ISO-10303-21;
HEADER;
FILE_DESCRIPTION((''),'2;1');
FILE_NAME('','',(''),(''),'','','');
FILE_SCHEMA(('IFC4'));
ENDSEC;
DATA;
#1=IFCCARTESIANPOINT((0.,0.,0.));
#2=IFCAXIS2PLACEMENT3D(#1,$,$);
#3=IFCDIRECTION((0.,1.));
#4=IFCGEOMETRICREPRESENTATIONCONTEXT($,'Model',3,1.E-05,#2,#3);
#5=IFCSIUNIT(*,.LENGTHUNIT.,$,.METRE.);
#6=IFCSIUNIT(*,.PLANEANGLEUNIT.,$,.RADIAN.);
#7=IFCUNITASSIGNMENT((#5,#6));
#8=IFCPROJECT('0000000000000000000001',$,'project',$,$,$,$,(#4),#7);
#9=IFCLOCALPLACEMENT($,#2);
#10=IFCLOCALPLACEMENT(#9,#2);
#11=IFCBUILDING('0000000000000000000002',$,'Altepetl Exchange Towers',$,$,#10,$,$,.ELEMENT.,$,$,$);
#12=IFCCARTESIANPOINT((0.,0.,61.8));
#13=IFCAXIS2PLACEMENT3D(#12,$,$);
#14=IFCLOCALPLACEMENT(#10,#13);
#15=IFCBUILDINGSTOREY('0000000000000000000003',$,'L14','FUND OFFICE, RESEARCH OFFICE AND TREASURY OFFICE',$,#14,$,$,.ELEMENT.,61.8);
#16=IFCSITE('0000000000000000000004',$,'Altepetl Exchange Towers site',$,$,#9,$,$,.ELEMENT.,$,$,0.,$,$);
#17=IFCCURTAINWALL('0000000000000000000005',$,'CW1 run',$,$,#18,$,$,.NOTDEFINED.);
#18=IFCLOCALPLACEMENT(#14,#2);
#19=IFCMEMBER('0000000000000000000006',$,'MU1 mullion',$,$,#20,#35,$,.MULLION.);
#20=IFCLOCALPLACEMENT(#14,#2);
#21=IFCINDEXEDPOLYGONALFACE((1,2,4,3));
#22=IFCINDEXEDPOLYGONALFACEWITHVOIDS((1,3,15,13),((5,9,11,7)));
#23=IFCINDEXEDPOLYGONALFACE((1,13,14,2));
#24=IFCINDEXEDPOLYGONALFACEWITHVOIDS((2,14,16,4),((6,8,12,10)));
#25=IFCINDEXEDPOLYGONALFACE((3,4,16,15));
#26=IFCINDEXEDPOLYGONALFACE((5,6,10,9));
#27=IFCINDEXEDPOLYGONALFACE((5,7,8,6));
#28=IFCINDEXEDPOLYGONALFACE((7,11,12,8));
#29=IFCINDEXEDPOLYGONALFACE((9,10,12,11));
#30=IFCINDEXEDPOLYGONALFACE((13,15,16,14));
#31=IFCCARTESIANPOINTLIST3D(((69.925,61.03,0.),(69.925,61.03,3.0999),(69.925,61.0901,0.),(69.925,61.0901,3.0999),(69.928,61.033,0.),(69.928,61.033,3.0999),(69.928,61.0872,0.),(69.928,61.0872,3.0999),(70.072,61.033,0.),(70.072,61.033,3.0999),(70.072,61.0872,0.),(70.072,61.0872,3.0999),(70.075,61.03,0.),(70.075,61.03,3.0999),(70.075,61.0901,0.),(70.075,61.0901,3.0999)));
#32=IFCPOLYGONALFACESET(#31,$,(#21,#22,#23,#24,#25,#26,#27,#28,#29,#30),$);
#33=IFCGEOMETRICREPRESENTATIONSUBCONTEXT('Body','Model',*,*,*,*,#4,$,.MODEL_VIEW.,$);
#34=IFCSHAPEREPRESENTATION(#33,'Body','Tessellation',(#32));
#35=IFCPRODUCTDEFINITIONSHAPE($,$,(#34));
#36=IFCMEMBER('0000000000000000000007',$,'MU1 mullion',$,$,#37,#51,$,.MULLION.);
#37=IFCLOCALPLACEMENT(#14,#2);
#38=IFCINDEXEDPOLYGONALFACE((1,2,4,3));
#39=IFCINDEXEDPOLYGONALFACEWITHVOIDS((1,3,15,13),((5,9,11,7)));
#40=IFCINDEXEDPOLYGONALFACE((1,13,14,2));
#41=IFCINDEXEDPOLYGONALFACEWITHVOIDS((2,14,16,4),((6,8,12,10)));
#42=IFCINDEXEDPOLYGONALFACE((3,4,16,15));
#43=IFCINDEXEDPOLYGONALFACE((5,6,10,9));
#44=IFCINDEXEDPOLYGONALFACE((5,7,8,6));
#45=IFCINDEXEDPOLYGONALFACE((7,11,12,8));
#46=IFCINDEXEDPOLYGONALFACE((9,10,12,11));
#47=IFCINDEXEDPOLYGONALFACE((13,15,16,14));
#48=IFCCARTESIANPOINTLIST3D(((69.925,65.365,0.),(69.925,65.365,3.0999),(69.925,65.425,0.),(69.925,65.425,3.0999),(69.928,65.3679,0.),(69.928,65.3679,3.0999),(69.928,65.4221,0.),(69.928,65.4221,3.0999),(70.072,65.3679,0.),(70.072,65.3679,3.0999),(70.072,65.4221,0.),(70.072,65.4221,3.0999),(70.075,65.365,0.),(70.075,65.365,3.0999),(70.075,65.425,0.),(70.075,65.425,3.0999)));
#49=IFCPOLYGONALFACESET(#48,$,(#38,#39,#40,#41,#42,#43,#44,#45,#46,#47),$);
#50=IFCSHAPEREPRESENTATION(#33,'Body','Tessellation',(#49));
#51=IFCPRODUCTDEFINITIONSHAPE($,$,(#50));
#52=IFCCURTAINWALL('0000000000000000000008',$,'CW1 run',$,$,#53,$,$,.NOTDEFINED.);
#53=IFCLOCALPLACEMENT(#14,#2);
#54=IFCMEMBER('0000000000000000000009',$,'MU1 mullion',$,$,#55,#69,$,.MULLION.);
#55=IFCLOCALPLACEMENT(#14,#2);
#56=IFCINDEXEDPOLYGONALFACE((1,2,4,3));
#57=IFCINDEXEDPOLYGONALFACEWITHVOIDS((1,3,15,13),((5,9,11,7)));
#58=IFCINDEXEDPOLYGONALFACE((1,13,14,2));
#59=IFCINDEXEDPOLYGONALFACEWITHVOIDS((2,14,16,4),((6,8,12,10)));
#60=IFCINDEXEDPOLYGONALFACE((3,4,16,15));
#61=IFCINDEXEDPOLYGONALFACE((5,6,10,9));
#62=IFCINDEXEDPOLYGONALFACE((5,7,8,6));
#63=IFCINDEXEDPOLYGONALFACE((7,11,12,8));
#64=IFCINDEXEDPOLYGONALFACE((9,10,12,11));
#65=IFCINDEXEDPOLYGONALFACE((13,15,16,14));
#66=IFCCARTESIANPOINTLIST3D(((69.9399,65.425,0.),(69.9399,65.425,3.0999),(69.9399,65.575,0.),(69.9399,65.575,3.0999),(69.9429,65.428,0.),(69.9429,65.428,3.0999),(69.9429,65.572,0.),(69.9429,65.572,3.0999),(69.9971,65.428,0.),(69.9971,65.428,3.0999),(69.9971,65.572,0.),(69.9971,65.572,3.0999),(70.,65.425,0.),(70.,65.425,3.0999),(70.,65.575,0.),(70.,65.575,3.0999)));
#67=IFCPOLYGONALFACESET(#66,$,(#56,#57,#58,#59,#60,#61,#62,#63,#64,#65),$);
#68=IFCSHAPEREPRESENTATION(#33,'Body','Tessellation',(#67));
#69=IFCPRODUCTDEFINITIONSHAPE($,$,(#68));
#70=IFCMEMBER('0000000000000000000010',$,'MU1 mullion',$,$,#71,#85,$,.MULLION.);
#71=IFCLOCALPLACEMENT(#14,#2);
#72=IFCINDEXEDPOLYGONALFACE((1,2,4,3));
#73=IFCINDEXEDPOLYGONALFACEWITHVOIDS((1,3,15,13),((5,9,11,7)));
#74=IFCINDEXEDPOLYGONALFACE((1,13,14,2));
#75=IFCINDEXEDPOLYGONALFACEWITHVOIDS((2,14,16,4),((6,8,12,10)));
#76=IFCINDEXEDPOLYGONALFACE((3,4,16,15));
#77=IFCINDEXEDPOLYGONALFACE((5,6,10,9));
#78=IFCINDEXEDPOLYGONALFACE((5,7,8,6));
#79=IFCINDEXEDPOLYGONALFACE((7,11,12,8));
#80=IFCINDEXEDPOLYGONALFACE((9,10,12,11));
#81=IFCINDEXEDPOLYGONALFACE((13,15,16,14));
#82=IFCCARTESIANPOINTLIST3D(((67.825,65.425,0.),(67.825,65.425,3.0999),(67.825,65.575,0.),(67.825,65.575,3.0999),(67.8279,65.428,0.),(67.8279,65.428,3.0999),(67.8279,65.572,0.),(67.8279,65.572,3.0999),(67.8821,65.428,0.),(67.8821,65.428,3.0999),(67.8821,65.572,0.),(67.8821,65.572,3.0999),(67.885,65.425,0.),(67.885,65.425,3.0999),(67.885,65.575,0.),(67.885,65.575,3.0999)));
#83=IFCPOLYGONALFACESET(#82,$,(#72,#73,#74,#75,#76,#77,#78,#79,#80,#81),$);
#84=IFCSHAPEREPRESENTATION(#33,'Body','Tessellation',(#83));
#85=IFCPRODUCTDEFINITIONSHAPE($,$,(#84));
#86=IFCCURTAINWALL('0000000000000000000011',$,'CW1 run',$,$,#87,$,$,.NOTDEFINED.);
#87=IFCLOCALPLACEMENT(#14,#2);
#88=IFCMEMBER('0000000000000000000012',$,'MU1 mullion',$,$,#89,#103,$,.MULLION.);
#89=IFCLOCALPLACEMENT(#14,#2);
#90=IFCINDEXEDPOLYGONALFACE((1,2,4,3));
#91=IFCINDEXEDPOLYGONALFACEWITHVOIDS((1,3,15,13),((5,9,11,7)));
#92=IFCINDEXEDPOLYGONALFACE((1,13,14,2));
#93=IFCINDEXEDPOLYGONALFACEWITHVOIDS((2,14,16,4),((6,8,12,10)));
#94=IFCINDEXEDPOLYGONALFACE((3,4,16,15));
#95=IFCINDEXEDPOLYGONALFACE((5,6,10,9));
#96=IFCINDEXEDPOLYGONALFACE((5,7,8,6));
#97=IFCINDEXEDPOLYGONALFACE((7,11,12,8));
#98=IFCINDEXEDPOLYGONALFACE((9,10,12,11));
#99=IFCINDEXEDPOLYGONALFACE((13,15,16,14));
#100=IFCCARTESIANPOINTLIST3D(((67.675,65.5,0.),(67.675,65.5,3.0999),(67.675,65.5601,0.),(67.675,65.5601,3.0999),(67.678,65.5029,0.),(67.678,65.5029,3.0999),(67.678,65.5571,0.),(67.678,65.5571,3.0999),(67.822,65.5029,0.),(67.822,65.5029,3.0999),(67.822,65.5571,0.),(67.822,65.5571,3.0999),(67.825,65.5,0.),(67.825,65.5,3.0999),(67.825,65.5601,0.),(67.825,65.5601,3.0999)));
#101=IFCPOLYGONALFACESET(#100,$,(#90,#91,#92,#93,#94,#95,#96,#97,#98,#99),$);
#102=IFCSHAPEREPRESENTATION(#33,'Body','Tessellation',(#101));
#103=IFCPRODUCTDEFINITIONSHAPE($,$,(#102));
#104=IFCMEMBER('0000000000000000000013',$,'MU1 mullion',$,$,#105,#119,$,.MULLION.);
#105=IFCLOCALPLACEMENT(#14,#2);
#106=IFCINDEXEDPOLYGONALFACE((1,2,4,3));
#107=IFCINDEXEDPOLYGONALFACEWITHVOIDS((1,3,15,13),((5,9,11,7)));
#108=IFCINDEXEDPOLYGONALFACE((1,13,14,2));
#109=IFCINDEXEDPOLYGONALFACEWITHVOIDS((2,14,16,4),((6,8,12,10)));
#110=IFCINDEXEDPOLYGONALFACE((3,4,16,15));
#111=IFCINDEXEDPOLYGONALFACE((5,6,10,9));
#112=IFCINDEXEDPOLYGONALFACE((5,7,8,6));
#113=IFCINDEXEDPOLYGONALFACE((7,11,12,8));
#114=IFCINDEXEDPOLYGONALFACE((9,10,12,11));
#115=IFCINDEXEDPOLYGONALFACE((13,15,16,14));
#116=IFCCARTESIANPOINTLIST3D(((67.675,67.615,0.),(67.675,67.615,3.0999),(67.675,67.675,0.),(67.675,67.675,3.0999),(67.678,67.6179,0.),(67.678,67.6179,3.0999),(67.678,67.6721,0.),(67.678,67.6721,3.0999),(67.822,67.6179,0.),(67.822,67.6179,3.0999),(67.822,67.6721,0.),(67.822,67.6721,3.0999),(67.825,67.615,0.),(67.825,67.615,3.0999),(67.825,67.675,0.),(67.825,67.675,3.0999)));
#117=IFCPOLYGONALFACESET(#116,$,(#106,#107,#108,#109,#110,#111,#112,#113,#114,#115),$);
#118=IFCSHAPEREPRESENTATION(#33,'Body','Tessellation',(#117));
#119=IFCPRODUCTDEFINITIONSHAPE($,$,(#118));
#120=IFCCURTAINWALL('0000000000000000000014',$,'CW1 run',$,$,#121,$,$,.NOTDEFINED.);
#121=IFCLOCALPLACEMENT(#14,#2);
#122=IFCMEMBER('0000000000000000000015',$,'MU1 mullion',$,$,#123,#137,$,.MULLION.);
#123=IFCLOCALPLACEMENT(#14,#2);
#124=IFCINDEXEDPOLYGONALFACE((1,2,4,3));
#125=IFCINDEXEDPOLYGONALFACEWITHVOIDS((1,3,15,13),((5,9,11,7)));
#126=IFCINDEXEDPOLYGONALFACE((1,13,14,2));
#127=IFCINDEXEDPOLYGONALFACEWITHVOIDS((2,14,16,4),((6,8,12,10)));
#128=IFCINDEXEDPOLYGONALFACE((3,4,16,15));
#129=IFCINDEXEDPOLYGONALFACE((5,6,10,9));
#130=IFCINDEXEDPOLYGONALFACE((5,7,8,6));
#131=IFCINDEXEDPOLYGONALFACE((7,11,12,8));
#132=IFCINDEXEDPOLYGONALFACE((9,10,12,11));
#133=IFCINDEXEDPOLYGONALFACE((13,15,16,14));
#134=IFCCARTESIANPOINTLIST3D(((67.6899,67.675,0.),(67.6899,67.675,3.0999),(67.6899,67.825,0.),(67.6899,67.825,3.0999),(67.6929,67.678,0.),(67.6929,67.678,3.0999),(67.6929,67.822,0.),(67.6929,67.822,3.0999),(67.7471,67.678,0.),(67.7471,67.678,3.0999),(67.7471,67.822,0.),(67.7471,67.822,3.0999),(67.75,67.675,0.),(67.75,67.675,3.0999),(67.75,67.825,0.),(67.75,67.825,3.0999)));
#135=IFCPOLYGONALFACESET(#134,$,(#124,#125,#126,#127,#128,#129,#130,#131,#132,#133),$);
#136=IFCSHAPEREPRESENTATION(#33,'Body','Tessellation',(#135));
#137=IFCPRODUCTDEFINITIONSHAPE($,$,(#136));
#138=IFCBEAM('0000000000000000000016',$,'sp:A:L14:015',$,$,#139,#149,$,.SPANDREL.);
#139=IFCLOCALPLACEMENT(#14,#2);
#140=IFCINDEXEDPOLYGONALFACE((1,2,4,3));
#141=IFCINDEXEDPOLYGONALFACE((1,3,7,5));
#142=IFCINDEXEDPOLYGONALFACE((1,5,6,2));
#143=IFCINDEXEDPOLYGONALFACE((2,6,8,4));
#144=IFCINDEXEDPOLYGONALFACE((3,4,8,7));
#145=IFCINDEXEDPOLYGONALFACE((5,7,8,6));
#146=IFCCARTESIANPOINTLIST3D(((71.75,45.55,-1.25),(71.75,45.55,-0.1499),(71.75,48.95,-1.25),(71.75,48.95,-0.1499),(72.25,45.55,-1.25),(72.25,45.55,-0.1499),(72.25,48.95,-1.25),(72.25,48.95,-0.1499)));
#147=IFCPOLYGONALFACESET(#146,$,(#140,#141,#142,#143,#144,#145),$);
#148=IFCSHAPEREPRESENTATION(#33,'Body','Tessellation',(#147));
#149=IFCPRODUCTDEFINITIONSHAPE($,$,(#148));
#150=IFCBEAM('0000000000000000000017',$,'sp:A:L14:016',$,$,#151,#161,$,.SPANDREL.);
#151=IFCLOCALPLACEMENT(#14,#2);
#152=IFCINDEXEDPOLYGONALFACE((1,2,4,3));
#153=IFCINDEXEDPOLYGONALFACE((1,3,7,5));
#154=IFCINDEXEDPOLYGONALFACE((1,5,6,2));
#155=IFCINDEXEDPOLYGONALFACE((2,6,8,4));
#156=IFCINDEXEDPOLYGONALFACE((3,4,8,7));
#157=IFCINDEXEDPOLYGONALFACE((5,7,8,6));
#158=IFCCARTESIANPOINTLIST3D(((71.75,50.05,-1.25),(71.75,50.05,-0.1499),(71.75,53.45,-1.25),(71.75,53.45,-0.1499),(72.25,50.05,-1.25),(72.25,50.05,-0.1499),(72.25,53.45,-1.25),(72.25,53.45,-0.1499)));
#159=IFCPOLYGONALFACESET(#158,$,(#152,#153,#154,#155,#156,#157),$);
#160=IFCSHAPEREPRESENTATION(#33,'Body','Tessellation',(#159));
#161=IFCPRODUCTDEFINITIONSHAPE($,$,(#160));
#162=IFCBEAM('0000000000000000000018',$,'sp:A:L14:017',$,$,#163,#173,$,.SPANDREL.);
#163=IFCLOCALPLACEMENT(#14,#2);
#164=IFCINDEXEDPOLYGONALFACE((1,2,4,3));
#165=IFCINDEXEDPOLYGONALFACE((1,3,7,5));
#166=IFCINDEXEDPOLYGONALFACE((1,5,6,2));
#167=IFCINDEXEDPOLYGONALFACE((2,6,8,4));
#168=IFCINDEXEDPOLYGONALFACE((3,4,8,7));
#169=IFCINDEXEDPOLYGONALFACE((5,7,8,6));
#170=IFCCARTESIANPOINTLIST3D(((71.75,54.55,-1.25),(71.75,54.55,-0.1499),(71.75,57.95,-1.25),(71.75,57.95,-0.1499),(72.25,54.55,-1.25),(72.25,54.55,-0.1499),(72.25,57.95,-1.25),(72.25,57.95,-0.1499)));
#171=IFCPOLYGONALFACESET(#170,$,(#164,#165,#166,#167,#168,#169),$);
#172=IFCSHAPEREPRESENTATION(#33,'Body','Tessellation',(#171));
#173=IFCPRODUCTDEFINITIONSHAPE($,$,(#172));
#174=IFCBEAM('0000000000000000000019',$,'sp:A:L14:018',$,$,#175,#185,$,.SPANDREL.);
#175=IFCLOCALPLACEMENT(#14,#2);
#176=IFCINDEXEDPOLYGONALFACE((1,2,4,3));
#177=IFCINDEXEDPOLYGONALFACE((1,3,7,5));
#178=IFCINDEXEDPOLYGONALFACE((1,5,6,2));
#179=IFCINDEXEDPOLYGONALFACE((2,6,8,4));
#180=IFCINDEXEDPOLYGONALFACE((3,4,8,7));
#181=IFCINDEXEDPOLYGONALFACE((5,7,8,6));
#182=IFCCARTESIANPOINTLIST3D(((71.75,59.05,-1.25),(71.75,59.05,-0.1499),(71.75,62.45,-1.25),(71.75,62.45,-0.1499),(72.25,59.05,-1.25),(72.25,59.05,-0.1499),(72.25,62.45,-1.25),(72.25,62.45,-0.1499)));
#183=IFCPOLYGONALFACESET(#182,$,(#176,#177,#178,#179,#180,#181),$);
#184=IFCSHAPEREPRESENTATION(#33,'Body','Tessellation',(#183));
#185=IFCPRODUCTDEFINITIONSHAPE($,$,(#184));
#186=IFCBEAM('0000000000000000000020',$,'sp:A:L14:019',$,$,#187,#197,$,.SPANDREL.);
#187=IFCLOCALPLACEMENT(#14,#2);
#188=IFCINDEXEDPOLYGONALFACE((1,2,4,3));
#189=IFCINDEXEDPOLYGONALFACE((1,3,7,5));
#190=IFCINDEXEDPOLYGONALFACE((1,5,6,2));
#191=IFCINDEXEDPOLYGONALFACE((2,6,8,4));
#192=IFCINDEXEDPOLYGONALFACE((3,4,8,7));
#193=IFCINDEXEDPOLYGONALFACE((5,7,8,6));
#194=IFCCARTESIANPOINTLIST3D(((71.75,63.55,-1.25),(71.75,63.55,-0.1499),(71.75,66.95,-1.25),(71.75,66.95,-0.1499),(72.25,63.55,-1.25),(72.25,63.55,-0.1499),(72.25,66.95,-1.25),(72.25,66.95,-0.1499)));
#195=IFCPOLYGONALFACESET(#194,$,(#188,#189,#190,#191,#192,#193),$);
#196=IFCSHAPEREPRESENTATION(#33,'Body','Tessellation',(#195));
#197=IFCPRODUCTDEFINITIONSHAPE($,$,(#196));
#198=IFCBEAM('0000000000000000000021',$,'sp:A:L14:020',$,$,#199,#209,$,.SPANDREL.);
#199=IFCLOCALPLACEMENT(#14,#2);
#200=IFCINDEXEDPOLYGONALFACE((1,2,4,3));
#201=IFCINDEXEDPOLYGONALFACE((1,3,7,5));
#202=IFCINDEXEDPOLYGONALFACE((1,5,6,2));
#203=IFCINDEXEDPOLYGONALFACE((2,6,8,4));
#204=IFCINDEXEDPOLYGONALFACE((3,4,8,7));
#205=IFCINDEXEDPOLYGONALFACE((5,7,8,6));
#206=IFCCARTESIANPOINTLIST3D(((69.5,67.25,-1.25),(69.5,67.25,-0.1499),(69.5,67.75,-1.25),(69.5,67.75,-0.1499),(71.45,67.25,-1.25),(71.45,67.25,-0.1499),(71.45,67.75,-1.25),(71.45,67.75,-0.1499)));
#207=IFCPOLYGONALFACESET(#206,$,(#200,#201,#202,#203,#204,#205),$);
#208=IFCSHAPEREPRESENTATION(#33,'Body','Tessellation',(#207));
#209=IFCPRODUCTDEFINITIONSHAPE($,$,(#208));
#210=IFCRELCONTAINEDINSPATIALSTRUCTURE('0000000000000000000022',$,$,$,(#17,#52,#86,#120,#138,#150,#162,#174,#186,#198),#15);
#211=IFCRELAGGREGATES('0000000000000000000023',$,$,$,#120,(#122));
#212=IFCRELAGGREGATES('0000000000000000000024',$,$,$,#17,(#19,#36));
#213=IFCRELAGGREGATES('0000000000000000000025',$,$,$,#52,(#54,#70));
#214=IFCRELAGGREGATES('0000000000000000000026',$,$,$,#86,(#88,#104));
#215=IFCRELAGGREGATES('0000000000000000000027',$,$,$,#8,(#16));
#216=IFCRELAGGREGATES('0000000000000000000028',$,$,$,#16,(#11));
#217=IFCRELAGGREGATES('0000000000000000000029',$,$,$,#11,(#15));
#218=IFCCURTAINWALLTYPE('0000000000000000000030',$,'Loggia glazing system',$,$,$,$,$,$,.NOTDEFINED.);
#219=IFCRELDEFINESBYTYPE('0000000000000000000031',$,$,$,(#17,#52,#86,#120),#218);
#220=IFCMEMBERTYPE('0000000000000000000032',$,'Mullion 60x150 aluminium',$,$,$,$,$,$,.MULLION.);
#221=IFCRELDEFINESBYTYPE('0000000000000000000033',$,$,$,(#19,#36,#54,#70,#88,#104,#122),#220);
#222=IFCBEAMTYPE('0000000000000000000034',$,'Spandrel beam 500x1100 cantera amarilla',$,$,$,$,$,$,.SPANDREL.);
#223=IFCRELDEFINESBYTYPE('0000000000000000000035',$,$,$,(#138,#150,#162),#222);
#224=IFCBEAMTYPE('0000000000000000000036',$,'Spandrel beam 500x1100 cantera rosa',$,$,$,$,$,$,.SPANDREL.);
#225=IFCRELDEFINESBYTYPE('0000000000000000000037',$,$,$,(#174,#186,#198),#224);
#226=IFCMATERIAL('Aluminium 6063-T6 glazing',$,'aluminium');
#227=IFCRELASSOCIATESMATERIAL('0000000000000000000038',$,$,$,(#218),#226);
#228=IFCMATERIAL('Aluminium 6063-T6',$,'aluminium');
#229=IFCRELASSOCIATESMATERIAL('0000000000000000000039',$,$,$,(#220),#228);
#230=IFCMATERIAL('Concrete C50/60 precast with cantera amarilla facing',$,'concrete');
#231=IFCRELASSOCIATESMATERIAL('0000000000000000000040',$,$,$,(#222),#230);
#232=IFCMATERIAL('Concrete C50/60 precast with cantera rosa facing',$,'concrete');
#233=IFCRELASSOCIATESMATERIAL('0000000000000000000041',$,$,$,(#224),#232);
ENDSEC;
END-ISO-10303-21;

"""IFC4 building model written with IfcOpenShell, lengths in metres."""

from ifc_helpers import new_model, si_unit, direction, frame, origin, origin_2d, place, context, subcontext, project, spatial, rectangle, hollow_rectangle, extrude, material, material_profile, profile_set, type_object, element, aggregate, save


model = new_model("IFC4")

# Units and contexts
model_context = context("Model", 3, precision=1e-05, world=origin(), true_north=direction((0.0, 1.0)))
body_context = subcontext(model_context, "Body", "Model", "MODEL_VIEW")
ifc_project = project(units=[si_unit("LENGTHUNIT", "METRE"), si_unit("PLANEANGLEUNIT", "RADIAN")], contexts=[model_context])

# Site, building, storey
site_placement = place(None, origin())
site = spatial("IfcSite", under=ifc_project, at=site_placement, Name="Altepetl Exchange Towers site", CompositionType="ELEMENT", RefElevation=0.0)
building_placement = place(site_placement, origin())
building = spatial("IfcBuilding", under=site, at=building_placement, Name="Altepetl Exchange Towers", CompositionType="ELEMENT")
storey_placement = place(building_placement, frame((0.0, 0.0, 61.8)))
storey = spatial("IfcBuildingStorey", under=building, at=storey_placement, Name="L14", Description="FUND OFFICE, RESEARCH OFFICE AND TREASURY OFFICE", CompositionType="ELEMENT", Elevation=61.8)

# Curtain walls, members
ifc_material_1 = material(Name="Aluminium 6063-T6 glazing", Category="aluminium")
curtain_wall_type = type_object("IfcCurtainWallType", Name="Loggia glazing system", PredefinedType="NOTDEFINED", material=ifc_material_1)
ifc_material_2 = material(Name="Aluminium 6063-T6", Category="aluminium")
ifc_material_profile_1 = material_profile(ifc_material_2, hollow_rectangle(XDim=0.0601, YDim=0.1499, WallThickness=0.0029, at=origin_2d()), Name="Mullion 60x150 aluminium")
ifc_profile_set_1 = profile_set([ifc_material_profile_1], Name="Aluminium 6063-T6")
member_type = type_object("IfcMemberType", Name="Mullion 60x150 aluminium", PredefinedType="MULLION", material=ifc_profile_set_1)
curtain_wall_1_placement = place(storey_placement, origin())
curtain_wall_1 = element("IfcCurtainWall", 1, at=curtain_wall_1_placement, inside=storey, type_object=curtain_wall_type, Name="CW1 run", PredefinedType="NOTDEFINED")
member_1_placement = place(storey_placement, frame((70.0, 61.0601, 0.0), z_axis=(0.0, 0.0, 1.0), x_axis=(0.0, 1.0, 0.0)))
member_1 = element("IfcMember", 2, at=member_1_placement, type_object=member_type, Name="MU1 mullion", PredefinedType="MULLION", context=body_context, shape_type="SweptSolid", body=[
    extrude(hollow_rectangle(XDim=0.0601, YDim=0.1499, WallThickness=0.0029, at=origin_2d()), origin(), (0.0, 0.0, 1.0), 3.0999),
])
member_2_placement = place(storey_placement, frame((70.0, 65.395, 0.0), z_axis=(0.0, 0.0, 1.0), x_axis=(0.0, 1.0, 0.0)))
member_2 = element("IfcMember", 3, at=member_2_placement, type_object=member_type, Name="MU1 mullion", PredefinedType="MULLION", context=body_context, shape_type="SweptSolid", body=[
    extrude(hollow_rectangle(XDim=0.0601, YDim=0.1499, WallThickness=0.0029, at=origin_2d()), origin(), (0.0, 0.0, 1.0), 3.0999),
])
curtain_wall_2_placement = place(storey_placement, origin())
curtain_wall_2 = element("IfcCurtainWall", 4, at=curtain_wall_2_placement, inside=storey, type_object=curtain_wall_type, Name="CW1 run", PredefinedType="NOTDEFINED")
member_3_placement = place(storey_placement, frame((69.97, 65.5, 0.0), z_axis=(0.0, 0.0, 1.0), x_axis=(-1.0, 0.0, 0.0)))
member_3 = element("IfcMember", 5, at=member_3_placement, type_object=member_type, Name="MU1 mullion", PredefinedType="MULLION", context=body_context, shape_type="SweptSolid", body=[
    extrude(hollow_rectangle(XDim=0.0601, YDim=0.1499, WallThickness=0.0029, at=origin_2d()), origin(), (0.0, 0.0, 1.0), 3.0999),
])
member_4_placement = place(storey_placement, frame((67.855, 65.5, 0.0), z_axis=(0.0, 0.0, 1.0), x_axis=(-1.0, 0.0, 0.0)))
member_4 = element("IfcMember", 6, at=member_4_placement, type_object=member_type, Name="MU1 mullion", PredefinedType="MULLION", context=body_context, shape_type="SweptSolid", body=[
    extrude(hollow_rectangle(XDim=0.0601, YDim=0.1499, WallThickness=0.0029, at=origin_2d()), origin(), (0.0, 0.0, 1.0), 3.0999),
])
curtain_wall_3_placement = place(storey_placement, origin())
curtain_wall_3 = element("IfcCurtainWall", 7, at=curtain_wall_3_placement, inside=storey, type_object=curtain_wall_type, Name="CW1 run", PredefinedType="NOTDEFINED")
member_5_placement = place(storey_placement, frame((67.75, 65.53, 0.0), z_axis=(0.0, 0.0, 1.0), x_axis=(0.0, 1.0, 0.0)))
member_5 = element("IfcMember", 8, at=member_5_placement, type_object=member_type, Name="MU1 mullion", PredefinedType="MULLION", context=body_context, shape_type="SweptSolid", body=[
    extrude(hollow_rectangle(XDim=0.0601, YDim=0.1499, WallThickness=0.0029, at=origin_2d()), origin(), (0.0, 0.0, 1.0), 3.0999),
])
member_6_placement = place(storey_placement, frame((67.75, 67.645, 0.0), z_axis=(0.0, 0.0, 1.0), x_axis=(0.0, 1.0, 0.0)))
member_6 = element("IfcMember", 9, at=member_6_placement, type_object=member_type, Name="MU1 mullion", PredefinedType="MULLION", context=body_context, shape_type="SweptSolid", body=[
    extrude(hollow_rectangle(XDim=0.0601, YDim=0.1499, WallThickness=0.0029, at=origin_2d()), origin(), (0.0, 0.0, 1.0), 3.0999),
])

# Curtain wall, member
curtain_wall_4_placement = place(storey_placement, origin())
curtain_wall_4 = element("IfcCurtainWall", 10, at=curtain_wall_4_placement, inside=storey, type_object=curtain_wall_type, Name="CW1 run", PredefinedType="NOTDEFINED")
member_7_placement = place(storey_placement, frame((67.72, 67.75, 0.0), z_axis=(0.0, 0.0, 1.0), x_axis=(-1.0, 0.0, 0.0)))
member_7 = element("IfcMember", 11, at=member_7_placement, type_object=member_type, Name="MU1 mullion", PredefinedType="MULLION", context=body_context, shape_type="SweptSolid", body=[
    extrude(hollow_rectangle(XDim=0.0601, YDim=0.1499, WallThickness=0.0029, at=origin_2d()), origin(), (0.0, 0.0, 1.0), 3.0999),
])
aggregate(curtain_wall_4, [member_7])

# Beams
ifc_material_3 = material(Name="Concrete C50/60 precast with cantera amarilla facing", Category="concrete")
ifc_material_profile_2 = material_profile(ifc_material_3, rectangle(XDim=0.5, YDim=1.1001, at=origin_2d()), Name="500 x 1100")
ifc_profile_set_2 = profile_set([ifc_material_profile_2], Name="Concrete C50/60 precast with cantera amarilla facing")
beam_type_1 = type_object("IfcBeamType", Name="Spandrel beam 500x1100 cantera amarilla", PredefinedType="SPANDREL", material=ifc_profile_set_2)
for number, where, z_axis, x_axis, name in (
    (12, (72.0, 45.55, -0.7), (0.0, 1.0, 0.0), (-1.0, 0.0, 0.0), "sp:A:L14:015"),
    (13, (72.0, 50.05, -0.7), (0.0, 1.0, 0.0), (-1.0, 0.0, 0.0), "sp:A:L14:016"),
    (14, (72.0, 54.55, -0.7), (0.0, 1.0, 0.0), (-1.0, 0.0, 0.0), "sp:A:L14:017"),
):
    element("IfcBeam", number, at=place(storey_placement, frame(where, z_axis=z_axis, x_axis=x_axis)), inside=storey, type_object=beam_type_1, Name=name, PredefinedType="SPANDREL", context=body_context, shape_type="SweptSolid", body=[
        extrude(rectangle(XDim=0.5, YDim=1.1001, at=origin_2d()), origin(), (0.0, 0.0, 1.0), 3.3999),
    ])
ifc_material_4 = material(Name="Concrete C50/60 precast with cantera rosa facing", Category="concrete")
ifc_material_profile_3 = material_profile(ifc_material_4, rectangle(XDim=0.5, YDim=1.1001, at=origin_2d()), Name="500 x 1100")
ifc_profile_set_3 = profile_set([ifc_material_profile_3], Name="Concrete C50/60 precast with cantera rosa facing")
beam_type_2 = type_object("IfcBeamType", Name="Spandrel beam 500x1100 cantera rosa", PredefinedType="SPANDREL", material=ifc_profile_set_3)
for number, where, z_axis, x_axis, name in (
    (15, (72.0, 59.05, -0.7), (0.0, 1.0, 0.0), (-1.0, 0.0, 0.0), "sp:A:L14:018"),
    (16, (72.0, 63.55, -0.7), (0.0, 1.0, 0.0), (-1.0, 0.0, 0.0), "sp:A:L14:019"),
):
    element("IfcBeam", number, at=place(storey_placement, frame(where, z_axis=z_axis, x_axis=x_axis)), inside=storey, type_object=beam_type_2, Name=name, PredefinedType="SPANDREL", context=body_context, shape_type="SweptSolid", body=[
        extrude(rectangle(XDim=0.5, YDim=1.1001, at=origin_2d()), origin(), (0.0, 0.0, 1.0), 3.3999),
    ])
beam_1_placement = place(storey_placement, frame((71.45, 67.5, -0.7), z_axis=(-1.0, 0.0, 0.0), x_axis=(0.0, -1.0, 0.0)))
element("IfcBeam", 17, at=beam_1_placement, inside=storey, type_object=beam_type_2, Name="sp:A:L14:020", PredefinedType="SPANDREL", context=body_context, shape_type="SweptSolid", body=[
    extrude(rectangle(XDim=0.5, YDim=1.1001, at=origin_2d()), origin(), (0.0, 0.0, 1.0), 1.95),
])

aggregate(curtain_wall_1, [member_1, member_2])
aggregate(curtain_wall_2, [member_3, member_4])
aggregate(curtain_wall_3, [member_5, member_6])

save(model, "model.ifc")
